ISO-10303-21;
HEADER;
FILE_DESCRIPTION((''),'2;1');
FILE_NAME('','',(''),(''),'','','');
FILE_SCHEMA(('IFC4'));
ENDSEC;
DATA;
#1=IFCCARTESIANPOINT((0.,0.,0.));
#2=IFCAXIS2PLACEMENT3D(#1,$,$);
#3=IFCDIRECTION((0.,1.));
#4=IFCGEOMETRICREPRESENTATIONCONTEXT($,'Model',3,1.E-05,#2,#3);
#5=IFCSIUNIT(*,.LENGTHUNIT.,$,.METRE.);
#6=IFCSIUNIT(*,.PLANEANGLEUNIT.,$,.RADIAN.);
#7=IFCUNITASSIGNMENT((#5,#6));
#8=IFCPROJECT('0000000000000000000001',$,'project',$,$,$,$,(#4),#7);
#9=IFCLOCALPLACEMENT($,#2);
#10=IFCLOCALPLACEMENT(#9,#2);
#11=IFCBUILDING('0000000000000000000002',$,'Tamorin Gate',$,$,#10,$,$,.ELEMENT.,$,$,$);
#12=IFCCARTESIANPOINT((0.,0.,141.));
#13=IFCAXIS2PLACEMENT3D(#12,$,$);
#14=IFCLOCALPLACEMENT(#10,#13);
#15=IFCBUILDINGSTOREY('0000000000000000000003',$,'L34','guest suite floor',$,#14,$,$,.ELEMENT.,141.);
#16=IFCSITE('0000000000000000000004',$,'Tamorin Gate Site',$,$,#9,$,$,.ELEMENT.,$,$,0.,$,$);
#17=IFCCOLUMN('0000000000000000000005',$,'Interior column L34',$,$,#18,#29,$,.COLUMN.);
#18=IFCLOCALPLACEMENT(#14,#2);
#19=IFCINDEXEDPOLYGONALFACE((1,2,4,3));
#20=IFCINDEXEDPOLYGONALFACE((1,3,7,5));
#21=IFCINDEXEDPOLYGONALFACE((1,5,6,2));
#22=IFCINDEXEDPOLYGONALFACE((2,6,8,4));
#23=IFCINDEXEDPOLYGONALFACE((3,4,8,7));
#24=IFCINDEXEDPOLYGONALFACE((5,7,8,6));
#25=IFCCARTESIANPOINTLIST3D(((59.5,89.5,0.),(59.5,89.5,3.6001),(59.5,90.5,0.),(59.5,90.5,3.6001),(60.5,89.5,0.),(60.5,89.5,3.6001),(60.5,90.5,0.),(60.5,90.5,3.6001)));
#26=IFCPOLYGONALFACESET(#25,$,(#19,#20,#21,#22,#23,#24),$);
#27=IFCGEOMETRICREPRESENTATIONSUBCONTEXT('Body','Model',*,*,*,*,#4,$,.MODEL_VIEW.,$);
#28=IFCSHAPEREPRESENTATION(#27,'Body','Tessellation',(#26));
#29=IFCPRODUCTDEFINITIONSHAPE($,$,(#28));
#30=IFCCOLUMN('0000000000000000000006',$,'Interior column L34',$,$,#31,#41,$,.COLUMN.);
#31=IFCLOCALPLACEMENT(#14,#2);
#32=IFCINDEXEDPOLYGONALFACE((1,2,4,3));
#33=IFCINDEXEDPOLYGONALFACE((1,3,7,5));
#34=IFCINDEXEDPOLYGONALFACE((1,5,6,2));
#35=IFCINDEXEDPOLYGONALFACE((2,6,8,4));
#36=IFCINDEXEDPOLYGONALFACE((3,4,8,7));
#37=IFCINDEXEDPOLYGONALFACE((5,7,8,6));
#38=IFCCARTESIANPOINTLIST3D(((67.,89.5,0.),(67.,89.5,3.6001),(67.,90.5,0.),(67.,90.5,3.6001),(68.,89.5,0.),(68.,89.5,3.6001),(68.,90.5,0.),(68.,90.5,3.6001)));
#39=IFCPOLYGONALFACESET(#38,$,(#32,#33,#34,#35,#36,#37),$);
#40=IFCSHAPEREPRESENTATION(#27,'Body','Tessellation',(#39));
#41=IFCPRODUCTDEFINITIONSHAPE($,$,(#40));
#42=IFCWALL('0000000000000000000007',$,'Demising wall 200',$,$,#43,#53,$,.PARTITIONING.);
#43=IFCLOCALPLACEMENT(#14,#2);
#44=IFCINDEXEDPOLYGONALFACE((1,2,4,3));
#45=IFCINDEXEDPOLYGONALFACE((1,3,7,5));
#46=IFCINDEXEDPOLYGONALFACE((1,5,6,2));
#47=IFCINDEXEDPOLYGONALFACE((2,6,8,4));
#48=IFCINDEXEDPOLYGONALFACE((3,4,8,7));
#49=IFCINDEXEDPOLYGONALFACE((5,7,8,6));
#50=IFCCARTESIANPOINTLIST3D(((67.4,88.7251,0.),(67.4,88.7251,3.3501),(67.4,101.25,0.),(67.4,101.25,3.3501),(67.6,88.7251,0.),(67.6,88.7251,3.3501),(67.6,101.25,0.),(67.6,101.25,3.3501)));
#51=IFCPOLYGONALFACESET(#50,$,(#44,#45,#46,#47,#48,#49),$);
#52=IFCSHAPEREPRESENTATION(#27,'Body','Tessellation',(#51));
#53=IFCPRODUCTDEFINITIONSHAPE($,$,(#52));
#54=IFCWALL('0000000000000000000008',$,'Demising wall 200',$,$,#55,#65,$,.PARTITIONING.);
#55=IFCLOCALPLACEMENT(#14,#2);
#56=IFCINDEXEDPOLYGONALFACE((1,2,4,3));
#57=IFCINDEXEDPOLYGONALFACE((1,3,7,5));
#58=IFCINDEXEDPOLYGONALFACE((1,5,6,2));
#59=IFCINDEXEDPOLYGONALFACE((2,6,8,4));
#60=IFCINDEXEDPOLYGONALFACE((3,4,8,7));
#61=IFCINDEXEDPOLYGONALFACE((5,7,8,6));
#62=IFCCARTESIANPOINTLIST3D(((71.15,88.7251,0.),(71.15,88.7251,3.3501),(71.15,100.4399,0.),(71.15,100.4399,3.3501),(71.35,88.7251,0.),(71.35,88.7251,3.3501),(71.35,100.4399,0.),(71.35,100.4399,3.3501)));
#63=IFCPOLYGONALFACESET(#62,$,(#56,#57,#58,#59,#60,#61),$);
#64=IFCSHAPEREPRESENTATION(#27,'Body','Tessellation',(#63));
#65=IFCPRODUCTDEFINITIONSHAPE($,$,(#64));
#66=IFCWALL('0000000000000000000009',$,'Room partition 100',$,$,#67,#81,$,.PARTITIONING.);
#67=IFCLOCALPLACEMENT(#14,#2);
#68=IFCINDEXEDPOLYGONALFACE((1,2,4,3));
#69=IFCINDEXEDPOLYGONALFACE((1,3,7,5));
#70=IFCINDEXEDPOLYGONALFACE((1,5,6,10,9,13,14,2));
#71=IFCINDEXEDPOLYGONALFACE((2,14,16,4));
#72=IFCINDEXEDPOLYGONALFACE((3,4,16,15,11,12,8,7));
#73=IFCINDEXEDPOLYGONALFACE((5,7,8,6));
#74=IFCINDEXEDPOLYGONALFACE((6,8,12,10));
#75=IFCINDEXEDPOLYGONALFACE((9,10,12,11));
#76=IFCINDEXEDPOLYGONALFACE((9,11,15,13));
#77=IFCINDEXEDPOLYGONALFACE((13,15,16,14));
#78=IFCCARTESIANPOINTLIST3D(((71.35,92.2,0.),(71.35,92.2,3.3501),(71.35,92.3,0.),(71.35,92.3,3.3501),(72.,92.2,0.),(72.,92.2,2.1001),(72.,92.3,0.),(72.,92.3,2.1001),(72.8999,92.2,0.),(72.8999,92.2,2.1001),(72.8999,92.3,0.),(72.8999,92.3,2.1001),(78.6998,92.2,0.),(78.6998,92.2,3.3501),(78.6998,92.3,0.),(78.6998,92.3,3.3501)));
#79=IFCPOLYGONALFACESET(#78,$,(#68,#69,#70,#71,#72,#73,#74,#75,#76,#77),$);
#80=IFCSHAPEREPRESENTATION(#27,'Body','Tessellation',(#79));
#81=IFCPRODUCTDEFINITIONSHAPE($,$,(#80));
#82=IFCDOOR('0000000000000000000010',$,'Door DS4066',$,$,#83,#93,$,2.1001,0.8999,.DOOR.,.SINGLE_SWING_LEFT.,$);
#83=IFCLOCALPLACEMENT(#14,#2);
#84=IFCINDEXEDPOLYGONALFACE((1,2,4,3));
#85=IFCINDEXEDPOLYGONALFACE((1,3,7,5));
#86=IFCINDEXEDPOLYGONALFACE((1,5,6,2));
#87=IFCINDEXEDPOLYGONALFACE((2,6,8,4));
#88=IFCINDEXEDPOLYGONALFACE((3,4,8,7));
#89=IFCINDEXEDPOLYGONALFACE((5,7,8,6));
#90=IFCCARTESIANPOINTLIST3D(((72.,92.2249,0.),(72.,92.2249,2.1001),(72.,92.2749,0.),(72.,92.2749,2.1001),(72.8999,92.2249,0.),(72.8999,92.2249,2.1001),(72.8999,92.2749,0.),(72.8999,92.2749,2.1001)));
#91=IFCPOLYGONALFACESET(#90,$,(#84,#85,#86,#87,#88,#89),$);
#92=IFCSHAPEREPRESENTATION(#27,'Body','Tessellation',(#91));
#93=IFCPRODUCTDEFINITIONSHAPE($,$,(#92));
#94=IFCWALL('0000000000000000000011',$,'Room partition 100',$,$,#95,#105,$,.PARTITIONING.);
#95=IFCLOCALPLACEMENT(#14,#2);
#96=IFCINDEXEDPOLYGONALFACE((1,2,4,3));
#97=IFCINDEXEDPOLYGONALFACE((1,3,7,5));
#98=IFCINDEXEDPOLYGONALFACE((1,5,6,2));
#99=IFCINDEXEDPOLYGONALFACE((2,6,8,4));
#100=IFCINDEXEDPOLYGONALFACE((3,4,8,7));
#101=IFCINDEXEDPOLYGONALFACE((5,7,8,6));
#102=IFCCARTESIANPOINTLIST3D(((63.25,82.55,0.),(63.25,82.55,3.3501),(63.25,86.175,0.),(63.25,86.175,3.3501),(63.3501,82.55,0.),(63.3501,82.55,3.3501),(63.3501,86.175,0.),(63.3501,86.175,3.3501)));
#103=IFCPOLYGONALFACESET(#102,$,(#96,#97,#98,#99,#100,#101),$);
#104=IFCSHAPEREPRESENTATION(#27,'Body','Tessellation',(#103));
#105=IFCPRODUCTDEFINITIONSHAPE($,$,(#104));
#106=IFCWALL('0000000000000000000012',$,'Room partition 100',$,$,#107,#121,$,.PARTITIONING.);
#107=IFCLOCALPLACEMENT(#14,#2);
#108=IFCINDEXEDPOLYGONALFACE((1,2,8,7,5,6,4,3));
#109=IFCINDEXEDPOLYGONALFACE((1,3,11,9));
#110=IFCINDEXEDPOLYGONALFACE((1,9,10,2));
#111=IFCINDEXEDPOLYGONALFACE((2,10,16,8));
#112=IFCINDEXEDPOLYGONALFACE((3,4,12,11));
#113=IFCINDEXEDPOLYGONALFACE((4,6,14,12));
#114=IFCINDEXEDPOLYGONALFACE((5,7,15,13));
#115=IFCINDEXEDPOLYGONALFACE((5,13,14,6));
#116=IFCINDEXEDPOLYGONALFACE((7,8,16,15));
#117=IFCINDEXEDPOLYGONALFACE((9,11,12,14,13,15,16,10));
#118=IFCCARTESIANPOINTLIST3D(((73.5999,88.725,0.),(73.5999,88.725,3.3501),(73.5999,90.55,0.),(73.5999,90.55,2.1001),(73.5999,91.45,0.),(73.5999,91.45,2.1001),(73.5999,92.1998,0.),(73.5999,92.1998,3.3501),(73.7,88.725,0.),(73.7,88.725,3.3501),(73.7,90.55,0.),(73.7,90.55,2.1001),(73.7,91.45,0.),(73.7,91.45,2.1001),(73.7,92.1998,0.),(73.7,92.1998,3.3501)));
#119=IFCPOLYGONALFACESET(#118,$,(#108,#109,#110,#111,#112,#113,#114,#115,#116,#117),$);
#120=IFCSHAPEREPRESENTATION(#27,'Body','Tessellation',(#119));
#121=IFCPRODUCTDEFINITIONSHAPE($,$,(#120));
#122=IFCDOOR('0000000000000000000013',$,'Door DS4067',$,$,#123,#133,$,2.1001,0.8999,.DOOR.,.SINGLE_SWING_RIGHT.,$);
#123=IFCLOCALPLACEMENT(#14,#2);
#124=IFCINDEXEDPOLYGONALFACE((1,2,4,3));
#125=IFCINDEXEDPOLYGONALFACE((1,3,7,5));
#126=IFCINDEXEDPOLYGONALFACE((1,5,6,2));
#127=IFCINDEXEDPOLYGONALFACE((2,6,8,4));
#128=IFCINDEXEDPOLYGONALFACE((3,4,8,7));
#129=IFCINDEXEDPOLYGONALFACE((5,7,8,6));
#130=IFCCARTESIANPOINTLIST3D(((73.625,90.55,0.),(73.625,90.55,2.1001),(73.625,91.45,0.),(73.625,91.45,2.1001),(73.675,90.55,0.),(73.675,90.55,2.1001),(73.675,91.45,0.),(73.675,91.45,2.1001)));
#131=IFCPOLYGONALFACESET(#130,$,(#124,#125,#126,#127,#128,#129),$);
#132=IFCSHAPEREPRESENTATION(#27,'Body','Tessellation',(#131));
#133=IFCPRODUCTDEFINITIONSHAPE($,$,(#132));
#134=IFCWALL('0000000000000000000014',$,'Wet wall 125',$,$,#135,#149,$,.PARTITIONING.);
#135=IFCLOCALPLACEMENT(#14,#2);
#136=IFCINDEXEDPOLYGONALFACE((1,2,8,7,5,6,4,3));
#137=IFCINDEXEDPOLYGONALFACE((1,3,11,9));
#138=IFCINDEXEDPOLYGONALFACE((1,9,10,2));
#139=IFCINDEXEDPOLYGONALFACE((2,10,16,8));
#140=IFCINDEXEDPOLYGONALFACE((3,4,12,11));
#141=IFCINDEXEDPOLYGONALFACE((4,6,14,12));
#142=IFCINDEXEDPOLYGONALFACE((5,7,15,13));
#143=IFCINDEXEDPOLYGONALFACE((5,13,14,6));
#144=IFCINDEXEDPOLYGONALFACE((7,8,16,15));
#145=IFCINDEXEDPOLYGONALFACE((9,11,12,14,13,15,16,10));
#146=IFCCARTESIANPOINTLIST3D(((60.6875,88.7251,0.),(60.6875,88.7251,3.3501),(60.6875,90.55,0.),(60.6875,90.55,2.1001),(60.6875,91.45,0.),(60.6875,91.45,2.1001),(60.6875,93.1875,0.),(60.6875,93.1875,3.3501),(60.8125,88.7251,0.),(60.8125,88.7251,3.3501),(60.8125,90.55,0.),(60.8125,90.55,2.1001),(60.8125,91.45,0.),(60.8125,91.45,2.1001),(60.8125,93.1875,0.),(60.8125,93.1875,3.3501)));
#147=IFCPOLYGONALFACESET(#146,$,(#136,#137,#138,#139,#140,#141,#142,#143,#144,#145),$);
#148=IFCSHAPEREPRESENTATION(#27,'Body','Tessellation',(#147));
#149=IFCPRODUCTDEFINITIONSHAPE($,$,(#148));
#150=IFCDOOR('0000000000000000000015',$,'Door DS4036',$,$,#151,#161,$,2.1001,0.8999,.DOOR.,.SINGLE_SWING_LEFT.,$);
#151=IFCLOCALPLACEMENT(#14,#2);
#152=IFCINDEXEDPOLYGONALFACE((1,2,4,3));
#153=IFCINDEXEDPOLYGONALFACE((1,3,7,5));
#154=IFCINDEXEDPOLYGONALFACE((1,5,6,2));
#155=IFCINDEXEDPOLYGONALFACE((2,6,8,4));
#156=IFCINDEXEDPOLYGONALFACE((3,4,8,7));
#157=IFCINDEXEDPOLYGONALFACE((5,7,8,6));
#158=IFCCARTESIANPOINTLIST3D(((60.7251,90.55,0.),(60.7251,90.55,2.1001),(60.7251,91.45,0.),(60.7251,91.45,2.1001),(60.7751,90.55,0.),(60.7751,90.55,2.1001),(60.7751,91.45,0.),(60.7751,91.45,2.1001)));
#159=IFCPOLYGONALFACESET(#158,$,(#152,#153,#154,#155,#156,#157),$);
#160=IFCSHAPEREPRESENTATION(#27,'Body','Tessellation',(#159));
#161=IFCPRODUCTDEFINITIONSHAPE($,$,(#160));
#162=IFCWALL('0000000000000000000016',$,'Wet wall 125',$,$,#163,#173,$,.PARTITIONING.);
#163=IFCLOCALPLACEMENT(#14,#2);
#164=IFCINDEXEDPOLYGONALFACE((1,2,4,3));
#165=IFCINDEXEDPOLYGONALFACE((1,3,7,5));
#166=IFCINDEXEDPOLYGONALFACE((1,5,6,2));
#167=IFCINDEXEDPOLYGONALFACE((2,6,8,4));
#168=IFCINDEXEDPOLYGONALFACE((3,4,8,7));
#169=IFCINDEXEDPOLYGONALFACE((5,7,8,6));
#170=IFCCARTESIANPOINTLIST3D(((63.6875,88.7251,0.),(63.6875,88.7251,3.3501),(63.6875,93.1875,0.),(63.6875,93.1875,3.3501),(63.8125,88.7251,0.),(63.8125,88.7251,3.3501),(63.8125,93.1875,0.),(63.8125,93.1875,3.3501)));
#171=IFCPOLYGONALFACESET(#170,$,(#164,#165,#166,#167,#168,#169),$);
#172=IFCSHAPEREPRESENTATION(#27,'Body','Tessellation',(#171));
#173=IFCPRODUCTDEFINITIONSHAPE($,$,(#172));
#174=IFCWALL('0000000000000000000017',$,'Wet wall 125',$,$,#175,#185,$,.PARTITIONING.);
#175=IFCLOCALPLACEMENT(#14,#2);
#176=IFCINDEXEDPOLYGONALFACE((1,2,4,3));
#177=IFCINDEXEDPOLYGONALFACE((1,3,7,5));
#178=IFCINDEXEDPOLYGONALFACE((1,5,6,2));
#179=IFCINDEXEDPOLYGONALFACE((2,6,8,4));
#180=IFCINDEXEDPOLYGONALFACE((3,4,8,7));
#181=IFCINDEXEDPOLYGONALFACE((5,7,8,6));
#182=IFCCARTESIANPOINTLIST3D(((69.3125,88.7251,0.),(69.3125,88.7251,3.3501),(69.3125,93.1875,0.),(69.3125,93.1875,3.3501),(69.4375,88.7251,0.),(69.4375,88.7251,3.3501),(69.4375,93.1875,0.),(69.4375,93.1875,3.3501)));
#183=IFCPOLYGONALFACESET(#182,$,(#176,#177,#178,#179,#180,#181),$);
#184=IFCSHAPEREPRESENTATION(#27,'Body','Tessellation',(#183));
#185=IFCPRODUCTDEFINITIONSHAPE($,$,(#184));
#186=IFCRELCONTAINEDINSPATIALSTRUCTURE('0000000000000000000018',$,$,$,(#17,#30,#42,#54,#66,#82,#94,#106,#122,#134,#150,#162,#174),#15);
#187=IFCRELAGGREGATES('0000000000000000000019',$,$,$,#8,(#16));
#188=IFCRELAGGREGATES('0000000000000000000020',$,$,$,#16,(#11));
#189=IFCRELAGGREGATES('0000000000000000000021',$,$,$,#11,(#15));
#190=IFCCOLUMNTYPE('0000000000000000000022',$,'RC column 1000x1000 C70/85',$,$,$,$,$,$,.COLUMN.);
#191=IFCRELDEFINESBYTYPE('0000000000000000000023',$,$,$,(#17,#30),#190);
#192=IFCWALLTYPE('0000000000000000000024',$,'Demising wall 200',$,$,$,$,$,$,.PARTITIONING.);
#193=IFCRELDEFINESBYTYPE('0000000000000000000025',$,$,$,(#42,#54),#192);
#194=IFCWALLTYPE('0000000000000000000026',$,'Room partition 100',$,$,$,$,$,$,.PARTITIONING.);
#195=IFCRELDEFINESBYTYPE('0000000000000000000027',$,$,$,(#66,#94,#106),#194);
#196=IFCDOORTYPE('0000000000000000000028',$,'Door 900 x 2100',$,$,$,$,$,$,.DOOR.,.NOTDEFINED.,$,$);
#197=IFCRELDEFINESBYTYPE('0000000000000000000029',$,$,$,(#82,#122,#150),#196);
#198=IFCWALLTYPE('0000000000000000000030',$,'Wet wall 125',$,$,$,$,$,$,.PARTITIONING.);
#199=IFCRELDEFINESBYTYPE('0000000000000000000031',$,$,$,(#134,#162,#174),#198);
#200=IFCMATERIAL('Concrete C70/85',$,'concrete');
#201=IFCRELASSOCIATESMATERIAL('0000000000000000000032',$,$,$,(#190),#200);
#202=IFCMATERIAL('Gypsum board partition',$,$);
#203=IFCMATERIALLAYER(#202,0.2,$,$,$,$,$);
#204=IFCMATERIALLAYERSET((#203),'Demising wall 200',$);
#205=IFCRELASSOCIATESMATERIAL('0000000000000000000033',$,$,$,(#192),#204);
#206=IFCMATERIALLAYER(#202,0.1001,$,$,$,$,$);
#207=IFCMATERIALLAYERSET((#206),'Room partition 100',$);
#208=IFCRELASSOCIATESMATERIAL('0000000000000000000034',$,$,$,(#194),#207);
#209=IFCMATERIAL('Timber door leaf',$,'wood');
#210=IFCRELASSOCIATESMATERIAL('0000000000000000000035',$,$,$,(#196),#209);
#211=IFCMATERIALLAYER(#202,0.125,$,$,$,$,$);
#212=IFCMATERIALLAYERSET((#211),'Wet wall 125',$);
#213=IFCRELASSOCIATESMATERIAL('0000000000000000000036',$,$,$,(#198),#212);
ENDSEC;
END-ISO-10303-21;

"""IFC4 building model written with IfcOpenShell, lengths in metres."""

from ifc_helpers import new_model, si_unit, direction, frame, frame_2d, origin, origin_2d, place, context, subcontext, project, spatial, rectangle, extrude, material, layer, layer_set, material_profile, profile_set, type_object, element, fill, save


model = new_model("IFC4")

# Units and contexts
model_context = context("Model", 3, precision=1e-05, world=origin(), true_north=direction((0.0, 1.0)))
body_context = subcontext(model_context, "Body", "Model", "MODEL_VIEW")
ifc_project = project(units=[si_unit("LENGTHUNIT", "METRE"), si_unit("PLANEANGLEUNIT", "RADIAN")], contexts=[model_context])

# Site, building, storey
site_placement = place(None, origin())
site = spatial("IfcSite", under=ifc_project, at=site_placement, Name="Tamorin Gate Site", CompositionType="ELEMENT", RefElevation=0.0)
building_placement = place(site_placement, origin())
building = spatial("IfcBuilding", under=site, at=building_placement, Name="Tamorin Gate", CompositionType="ELEMENT")
storey_placement = place(building_placement, frame((0.0, 0.0, 141.0)))
storey = spatial("IfcBuildingStorey", under=building, at=storey_placement, Name="L34", Description="guest suite floor", CompositionType="ELEMENT", Elevation=141.0)

# Columns
ifc_material_1 = material(Name="Concrete C70/85", Category="concrete")
ifc_material_profile = material_profile(ifc_material_1, rectangle(XDim=1.0, YDim=1.0, at=origin_2d()), Name="RC 1000x1000")
ifc_profile_set = profile_set([ifc_material_profile], Name="Concrete C70/85")
column_type = type_object("IfcColumnType", Name="RC column 1000x1000 C70/85", PredefinedType="COLUMN", material=ifc_profile_set)
for number, where, z_axis, x_axis, name in (
    (1, (60.0, 90.0, 0.0), (0.0, 0.0, 1.0), (1.0, 0.0, 0.0), "Interior column L34"),
    (2, (67.5, 90.0, 0.0), (0.0, 0.0, 1.0), (1.0, 0.0, 0.0), "Interior column L34"),
):
    element("IfcColumn", number, at=place(storey_placement, frame(where, z_axis=z_axis, x_axis=x_axis)), inside=storey, type_object=column_type, Name=name, PredefinedType="COLUMN", context=body_context, shape_type="SweptSolid", body=[
        extrude(rectangle(XDim=1.0, YDim=1.0, at=origin_2d()), origin(), (0.0, 0.0, 1.0), 3.6001),
    ])

# Walls
ifc_material_2 = material(Name="Gypsum board partition")
ifc_layer_1 = layer(ifc_material_2, 0.2)
ifc_layer_set_1 = layer_set([ifc_layer_1], Name="Demising wall 200")
wall_type_1 = type_object("IfcWallType", Name="Demising wall 200", PredefinedType="PARTITIONING", material=ifc_layer_set_1)
wall_1_placement = place(storey_placement, frame((67.5, 88.7251, 0.0), z_axis=(0.0, 0.0, 1.0), x_axis=(0.0, 1.0, 0.0)))
element("IfcWall", 3, at=wall_1_placement, inside=storey, type_object=wall_type_1, Name="Demising wall 200", PredefinedType="PARTITIONING", context=body_context, shape_type="SweptSolid", body=[
    extrude(rectangle(XDim=12.5249, YDim=0.2, at=frame_2d((6.2625, 0.0))), origin(), (0.0, 0.0, 1.0), 3.3501),
])
wall_2_placement = place(storey_placement, frame((71.25, 88.7251, 0.0), z_axis=(0.0, 0.0, 1.0), x_axis=(0.0, 1.0, 0.0)))
element("IfcWall", 4, at=wall_2_placement, inside=storey, type_object=wall_type_1, Name="Demising wall 200", PredefinedType="PARTITIONING", context=body_context, shape_type="SweptSolid", body=[
    extrude(rectangle(XDim=11.7148, YDim=0.2, at=frame_2d((5.8574, 0.0))), origin(), (0.0, 0.0, 1.0), 3.3501),
])

# Wall, opening, door
ifc_layer_2 = layer(ifc_material_2, 0.1001)
ifc_layer_set_2 = layer_set([ifc_layer_2], Name="Room partition 100")
wall_type_2 = type_object("IfcWallType", Name="Room partition 100", PredefinedType="PARTITIONING", material=ifc_layer_set_2)
wall_3_placement = place(storey_placement, frame((71.3501, 92.25, 0.0), z_axis=(0.0, 0.0, 1.0), x_axis=(1.0, 0.0, 0.0)))
wall_3 = element("IfcWall", 5, at=wall_3_placement, inside=storey, type_object=wall_type_2, Name="Room partition 100", PredefinedType="PARTITIONING", context=body_context, shape_type="SweptSolid", body=[
    extrude(rectangle(XDim=7.3499, YDim=0.1001, at=frame_2d((3.6748, 0.0))), origin(), (0.0, 0.0, 1.0), 3.3501),
])
opening_1_placement = place(wall_3_placement, frame((0.6499, 0.0, 0.0)))
opening_1 = element("IfcOpeningElement", 6, at=opening_1_placement, cuts=wall_3, PredefinedType="OPENING", context=body_context, shape_type="SweptSolid", body=[
    extrude(rectangle(XDim=0.8999, YDim=2.1001, at=frame_2d((0.45, 1.05))), frame((0.0, 0.0601, 0.0), z_axis=(0.0, -1.0, 0.0), x_axis=(1.0, 0.0, 0.0)), (0.0, 0.0, 1.0), 0.1201),
])
ifc_material_3 = material(Name="Timber door leaf", Category="wood")
door_type = type_object("IfcDoorType", Name="Door 900 x 2100", OperationType="NOTDEFINED", PredefinedType="DOOR", material=ifc_material_3)
door_1_placement = place(opening_1_placement, origin())
door_1 = element("IfcDoor", 7, at=door_1_placement, inside=storey, type_object=door_type, Name="Door DS4066", OperationType="SINGLE_SWING_LEFT", OverallHeight=2.1001, OverallWidth=0.8999, PredefinedType="DOOR", context=body_context, shape_type="SweptSolid", body=[
    extrude(rectangle(XDim=0.8999, YDim=2.1001, at=frame_2d((0.45, 1.05))), frame((0.0, 0.0249, 0.0), z_axis=(0.0, -1.0, 0.0), x_axis=(1.0, 0.0, 0.0)), (0.0, 0.0, 1.0), 0.05),
])
fill(opening_1, door_1)

# Wall
wall_4_placement = place(storey_placement, frame((63.3, 82.55, 0.0), z_axis=(0.0, 0.0, 1.0), x_axis=(0.0, 1.0, 0.0)))
element("IfcWall", 8, at=wall_4_placement, inside=storey, type_object=wall_type_2, Name="Room partition 100", PredefinedType="PARTITIONING", context=body_context, shape_type="SweptSolid", body=[
    extrude(rectangle(XDim=3.625, YDim=0.1001, at=frame_2d((1.8125, 0.0))), origin(), (0.0, 0.0, 1.0), 3.3501),
])

# Walls, openings, doors
wall_5_placement = place(storey_placement, frame((73.6499, 88.7251, 0.0), z_axis=(0.0, 0.0, 1.0), x_axis=(0.0, 1.0, 0.0)))
wall_5 = element("IfcWall", 9, at=wall_5_placement, inside=storey, type_object=wall_type_2, Name="Room partition 100", PredefinedType="PARTITIONING", context=body_context, shape_type="SweptSolid", body=[
    extrude(rectangle(XDim=3.4749, YDim=0.1001, at=frame_2d((1.7373, 0.0))), origin(), (0.0, 0.0, 1.0), 3.3501),
])
opening_2_placement = place(wall_5_placement, frame((1.825, 0.0, 0.0)))
opening_2 = element("IfcOpeningElement", 10, at=opening_2_placement, cuts=wall_5, PredefinedType="OPENING", context=body_context, shape_type="SweptSolid", body=[
    extrude(rectangle(XDim=0.8999, YDim=2.1001, at=frame_2d((0.45, 1.05))), frame((0.0, 0.0601, 0.0), z_axis=(0.0, -1.0, 0.0), x_axis=(1.0, 0.0, 0.0)), (0.0, 0.0, 1.0), 0.1201),
])
door_2_placement = place(opening_2_placement, origin())
door_2 = element("IfcDoor", 11, at=door_2_placement, inside=storey, type_object=door_type, Name="Door DS4067", OperationType="SINGLE_SWING_RIGHT", OverallHeight=2.1001, OverallWidth=0.8999, PredefinedType="DOOR", context=body_context, shape_type="SweptSolid", body=[
    extrude(rectangle(XDim=0.8999, YDim=2.1001, at=frame_2d((0.45, 1.05))), frame((0.0, 0.0249, 0.0), z_axis=(0.0, -1.0, 0.0), x_axis=(1.0, 0.0, 0.0)), (0.0, 0.0, 1.0), 0.05),
])
fill(opening_2, door_2)
ifc_layer_3 = layer(ifc_material_2, 0.125)
ifc_layer_set_3 = layer_set([ifc_layer_3], Name="Wet wall 125")
wall_type_3 = type_object("IfcWallType", Name="Wet wall 125", PredefinedType="PARTITIONING", material=ifc_layer_set_3)
wall_6_placement = place(storey_placement, frame((60.75, 88.7251, 0.0), z_axis=(0.0, 0.0, 1.0), x_axis=(0.0, 1.0, 0.0)))
wall_6 = element("IfcWall", 12, at=wall_6_placement, inside=storey, type_object=wall_type_3, Name="Wet wall 125", PredefinedType="PARTITIONING", context=body_context, shape_type="SweptSolid", body=[
    extrude(rectangle(XDim=4.4624, YDim=0.125, at=frame_2d((2.2312, 0.0))), origin(), (0.0, 0.0, 1.0), 3.3501),
])
opening_3_placement = place(wall_6_placement, frame((1.825, 0.0, 0.0)))
opening_3 = element("IfcOpeningElement", 13, at=opening_3_placement, cuts=wall_6, PredefinedType="OPENING", context=body_context, shape_type="SweptSolid", body=[
    extrude(rectangle(XDim=0.8999, YDim=2.1001, at=frame_2d((0.45, 1.05))), frame((0.0, 0.0725, 0.0), z_axis=(0.0, -1.0, 0.0), x_axis=(1.0, 0.0, 0.0)), (0.0, 0.0, 1.0), 0.145),
])
door_3_placement = place(opening_3_placement, origin())
door_3 = element("IfcDoor", 14, at=door_3_placement, inside=storey, type_object=door_type, Name="Door DS4036", OperationType="SINGLE_SWING_LEFT", OverallHeight=2.1001, OverallWidth=0.8999, PredefinedType="DOOR", context=body_context, shape_type="SweptSolid", body=[
    extrude(rectangle(XDim=0.8999, YDim=2.1001, at=frame_2d((0.45, 1.05))), frame((0.0, 0.0249, 0.0), z_axis=(0.0, -1.0, 0.0), x_axis=(1.0, 0.0, 0.0)), (0.0, 0.0, 1.0), 0.05),
])
fill(opening_3, door_3)

# Walls
for number, where, z_axis, x_axis, name in (
    (15, (63.75, 88.7251, 0.0), (0.0, 0.0, 1.0), (0.0, 1.0, 0.0), "Wet wall 125"),
    (16, (69.375, 88.7251, 0.0), (0.0, 0.0, 1.0), (0.0, 1.0, 0.0), "Wet wall 125"),
):
    element("IfcWall", number, at=place(storey_placement, frame(where, z_axis=z_axis, x_axis=x_axis)), inside=storey, type_object=wall_type_3, Name=name, PredefinedType="PARTITIONING", context=body_context, shape_type="SweptSolid", body=[
        extrude(rectangle(XDim=4.4624, YDim=0.125, at=frame_2d((2.2312, 0.0))), origin(), (0.0, 0.0, 1.0), 3.3501),
    ])

save(model, "model.ifc")
